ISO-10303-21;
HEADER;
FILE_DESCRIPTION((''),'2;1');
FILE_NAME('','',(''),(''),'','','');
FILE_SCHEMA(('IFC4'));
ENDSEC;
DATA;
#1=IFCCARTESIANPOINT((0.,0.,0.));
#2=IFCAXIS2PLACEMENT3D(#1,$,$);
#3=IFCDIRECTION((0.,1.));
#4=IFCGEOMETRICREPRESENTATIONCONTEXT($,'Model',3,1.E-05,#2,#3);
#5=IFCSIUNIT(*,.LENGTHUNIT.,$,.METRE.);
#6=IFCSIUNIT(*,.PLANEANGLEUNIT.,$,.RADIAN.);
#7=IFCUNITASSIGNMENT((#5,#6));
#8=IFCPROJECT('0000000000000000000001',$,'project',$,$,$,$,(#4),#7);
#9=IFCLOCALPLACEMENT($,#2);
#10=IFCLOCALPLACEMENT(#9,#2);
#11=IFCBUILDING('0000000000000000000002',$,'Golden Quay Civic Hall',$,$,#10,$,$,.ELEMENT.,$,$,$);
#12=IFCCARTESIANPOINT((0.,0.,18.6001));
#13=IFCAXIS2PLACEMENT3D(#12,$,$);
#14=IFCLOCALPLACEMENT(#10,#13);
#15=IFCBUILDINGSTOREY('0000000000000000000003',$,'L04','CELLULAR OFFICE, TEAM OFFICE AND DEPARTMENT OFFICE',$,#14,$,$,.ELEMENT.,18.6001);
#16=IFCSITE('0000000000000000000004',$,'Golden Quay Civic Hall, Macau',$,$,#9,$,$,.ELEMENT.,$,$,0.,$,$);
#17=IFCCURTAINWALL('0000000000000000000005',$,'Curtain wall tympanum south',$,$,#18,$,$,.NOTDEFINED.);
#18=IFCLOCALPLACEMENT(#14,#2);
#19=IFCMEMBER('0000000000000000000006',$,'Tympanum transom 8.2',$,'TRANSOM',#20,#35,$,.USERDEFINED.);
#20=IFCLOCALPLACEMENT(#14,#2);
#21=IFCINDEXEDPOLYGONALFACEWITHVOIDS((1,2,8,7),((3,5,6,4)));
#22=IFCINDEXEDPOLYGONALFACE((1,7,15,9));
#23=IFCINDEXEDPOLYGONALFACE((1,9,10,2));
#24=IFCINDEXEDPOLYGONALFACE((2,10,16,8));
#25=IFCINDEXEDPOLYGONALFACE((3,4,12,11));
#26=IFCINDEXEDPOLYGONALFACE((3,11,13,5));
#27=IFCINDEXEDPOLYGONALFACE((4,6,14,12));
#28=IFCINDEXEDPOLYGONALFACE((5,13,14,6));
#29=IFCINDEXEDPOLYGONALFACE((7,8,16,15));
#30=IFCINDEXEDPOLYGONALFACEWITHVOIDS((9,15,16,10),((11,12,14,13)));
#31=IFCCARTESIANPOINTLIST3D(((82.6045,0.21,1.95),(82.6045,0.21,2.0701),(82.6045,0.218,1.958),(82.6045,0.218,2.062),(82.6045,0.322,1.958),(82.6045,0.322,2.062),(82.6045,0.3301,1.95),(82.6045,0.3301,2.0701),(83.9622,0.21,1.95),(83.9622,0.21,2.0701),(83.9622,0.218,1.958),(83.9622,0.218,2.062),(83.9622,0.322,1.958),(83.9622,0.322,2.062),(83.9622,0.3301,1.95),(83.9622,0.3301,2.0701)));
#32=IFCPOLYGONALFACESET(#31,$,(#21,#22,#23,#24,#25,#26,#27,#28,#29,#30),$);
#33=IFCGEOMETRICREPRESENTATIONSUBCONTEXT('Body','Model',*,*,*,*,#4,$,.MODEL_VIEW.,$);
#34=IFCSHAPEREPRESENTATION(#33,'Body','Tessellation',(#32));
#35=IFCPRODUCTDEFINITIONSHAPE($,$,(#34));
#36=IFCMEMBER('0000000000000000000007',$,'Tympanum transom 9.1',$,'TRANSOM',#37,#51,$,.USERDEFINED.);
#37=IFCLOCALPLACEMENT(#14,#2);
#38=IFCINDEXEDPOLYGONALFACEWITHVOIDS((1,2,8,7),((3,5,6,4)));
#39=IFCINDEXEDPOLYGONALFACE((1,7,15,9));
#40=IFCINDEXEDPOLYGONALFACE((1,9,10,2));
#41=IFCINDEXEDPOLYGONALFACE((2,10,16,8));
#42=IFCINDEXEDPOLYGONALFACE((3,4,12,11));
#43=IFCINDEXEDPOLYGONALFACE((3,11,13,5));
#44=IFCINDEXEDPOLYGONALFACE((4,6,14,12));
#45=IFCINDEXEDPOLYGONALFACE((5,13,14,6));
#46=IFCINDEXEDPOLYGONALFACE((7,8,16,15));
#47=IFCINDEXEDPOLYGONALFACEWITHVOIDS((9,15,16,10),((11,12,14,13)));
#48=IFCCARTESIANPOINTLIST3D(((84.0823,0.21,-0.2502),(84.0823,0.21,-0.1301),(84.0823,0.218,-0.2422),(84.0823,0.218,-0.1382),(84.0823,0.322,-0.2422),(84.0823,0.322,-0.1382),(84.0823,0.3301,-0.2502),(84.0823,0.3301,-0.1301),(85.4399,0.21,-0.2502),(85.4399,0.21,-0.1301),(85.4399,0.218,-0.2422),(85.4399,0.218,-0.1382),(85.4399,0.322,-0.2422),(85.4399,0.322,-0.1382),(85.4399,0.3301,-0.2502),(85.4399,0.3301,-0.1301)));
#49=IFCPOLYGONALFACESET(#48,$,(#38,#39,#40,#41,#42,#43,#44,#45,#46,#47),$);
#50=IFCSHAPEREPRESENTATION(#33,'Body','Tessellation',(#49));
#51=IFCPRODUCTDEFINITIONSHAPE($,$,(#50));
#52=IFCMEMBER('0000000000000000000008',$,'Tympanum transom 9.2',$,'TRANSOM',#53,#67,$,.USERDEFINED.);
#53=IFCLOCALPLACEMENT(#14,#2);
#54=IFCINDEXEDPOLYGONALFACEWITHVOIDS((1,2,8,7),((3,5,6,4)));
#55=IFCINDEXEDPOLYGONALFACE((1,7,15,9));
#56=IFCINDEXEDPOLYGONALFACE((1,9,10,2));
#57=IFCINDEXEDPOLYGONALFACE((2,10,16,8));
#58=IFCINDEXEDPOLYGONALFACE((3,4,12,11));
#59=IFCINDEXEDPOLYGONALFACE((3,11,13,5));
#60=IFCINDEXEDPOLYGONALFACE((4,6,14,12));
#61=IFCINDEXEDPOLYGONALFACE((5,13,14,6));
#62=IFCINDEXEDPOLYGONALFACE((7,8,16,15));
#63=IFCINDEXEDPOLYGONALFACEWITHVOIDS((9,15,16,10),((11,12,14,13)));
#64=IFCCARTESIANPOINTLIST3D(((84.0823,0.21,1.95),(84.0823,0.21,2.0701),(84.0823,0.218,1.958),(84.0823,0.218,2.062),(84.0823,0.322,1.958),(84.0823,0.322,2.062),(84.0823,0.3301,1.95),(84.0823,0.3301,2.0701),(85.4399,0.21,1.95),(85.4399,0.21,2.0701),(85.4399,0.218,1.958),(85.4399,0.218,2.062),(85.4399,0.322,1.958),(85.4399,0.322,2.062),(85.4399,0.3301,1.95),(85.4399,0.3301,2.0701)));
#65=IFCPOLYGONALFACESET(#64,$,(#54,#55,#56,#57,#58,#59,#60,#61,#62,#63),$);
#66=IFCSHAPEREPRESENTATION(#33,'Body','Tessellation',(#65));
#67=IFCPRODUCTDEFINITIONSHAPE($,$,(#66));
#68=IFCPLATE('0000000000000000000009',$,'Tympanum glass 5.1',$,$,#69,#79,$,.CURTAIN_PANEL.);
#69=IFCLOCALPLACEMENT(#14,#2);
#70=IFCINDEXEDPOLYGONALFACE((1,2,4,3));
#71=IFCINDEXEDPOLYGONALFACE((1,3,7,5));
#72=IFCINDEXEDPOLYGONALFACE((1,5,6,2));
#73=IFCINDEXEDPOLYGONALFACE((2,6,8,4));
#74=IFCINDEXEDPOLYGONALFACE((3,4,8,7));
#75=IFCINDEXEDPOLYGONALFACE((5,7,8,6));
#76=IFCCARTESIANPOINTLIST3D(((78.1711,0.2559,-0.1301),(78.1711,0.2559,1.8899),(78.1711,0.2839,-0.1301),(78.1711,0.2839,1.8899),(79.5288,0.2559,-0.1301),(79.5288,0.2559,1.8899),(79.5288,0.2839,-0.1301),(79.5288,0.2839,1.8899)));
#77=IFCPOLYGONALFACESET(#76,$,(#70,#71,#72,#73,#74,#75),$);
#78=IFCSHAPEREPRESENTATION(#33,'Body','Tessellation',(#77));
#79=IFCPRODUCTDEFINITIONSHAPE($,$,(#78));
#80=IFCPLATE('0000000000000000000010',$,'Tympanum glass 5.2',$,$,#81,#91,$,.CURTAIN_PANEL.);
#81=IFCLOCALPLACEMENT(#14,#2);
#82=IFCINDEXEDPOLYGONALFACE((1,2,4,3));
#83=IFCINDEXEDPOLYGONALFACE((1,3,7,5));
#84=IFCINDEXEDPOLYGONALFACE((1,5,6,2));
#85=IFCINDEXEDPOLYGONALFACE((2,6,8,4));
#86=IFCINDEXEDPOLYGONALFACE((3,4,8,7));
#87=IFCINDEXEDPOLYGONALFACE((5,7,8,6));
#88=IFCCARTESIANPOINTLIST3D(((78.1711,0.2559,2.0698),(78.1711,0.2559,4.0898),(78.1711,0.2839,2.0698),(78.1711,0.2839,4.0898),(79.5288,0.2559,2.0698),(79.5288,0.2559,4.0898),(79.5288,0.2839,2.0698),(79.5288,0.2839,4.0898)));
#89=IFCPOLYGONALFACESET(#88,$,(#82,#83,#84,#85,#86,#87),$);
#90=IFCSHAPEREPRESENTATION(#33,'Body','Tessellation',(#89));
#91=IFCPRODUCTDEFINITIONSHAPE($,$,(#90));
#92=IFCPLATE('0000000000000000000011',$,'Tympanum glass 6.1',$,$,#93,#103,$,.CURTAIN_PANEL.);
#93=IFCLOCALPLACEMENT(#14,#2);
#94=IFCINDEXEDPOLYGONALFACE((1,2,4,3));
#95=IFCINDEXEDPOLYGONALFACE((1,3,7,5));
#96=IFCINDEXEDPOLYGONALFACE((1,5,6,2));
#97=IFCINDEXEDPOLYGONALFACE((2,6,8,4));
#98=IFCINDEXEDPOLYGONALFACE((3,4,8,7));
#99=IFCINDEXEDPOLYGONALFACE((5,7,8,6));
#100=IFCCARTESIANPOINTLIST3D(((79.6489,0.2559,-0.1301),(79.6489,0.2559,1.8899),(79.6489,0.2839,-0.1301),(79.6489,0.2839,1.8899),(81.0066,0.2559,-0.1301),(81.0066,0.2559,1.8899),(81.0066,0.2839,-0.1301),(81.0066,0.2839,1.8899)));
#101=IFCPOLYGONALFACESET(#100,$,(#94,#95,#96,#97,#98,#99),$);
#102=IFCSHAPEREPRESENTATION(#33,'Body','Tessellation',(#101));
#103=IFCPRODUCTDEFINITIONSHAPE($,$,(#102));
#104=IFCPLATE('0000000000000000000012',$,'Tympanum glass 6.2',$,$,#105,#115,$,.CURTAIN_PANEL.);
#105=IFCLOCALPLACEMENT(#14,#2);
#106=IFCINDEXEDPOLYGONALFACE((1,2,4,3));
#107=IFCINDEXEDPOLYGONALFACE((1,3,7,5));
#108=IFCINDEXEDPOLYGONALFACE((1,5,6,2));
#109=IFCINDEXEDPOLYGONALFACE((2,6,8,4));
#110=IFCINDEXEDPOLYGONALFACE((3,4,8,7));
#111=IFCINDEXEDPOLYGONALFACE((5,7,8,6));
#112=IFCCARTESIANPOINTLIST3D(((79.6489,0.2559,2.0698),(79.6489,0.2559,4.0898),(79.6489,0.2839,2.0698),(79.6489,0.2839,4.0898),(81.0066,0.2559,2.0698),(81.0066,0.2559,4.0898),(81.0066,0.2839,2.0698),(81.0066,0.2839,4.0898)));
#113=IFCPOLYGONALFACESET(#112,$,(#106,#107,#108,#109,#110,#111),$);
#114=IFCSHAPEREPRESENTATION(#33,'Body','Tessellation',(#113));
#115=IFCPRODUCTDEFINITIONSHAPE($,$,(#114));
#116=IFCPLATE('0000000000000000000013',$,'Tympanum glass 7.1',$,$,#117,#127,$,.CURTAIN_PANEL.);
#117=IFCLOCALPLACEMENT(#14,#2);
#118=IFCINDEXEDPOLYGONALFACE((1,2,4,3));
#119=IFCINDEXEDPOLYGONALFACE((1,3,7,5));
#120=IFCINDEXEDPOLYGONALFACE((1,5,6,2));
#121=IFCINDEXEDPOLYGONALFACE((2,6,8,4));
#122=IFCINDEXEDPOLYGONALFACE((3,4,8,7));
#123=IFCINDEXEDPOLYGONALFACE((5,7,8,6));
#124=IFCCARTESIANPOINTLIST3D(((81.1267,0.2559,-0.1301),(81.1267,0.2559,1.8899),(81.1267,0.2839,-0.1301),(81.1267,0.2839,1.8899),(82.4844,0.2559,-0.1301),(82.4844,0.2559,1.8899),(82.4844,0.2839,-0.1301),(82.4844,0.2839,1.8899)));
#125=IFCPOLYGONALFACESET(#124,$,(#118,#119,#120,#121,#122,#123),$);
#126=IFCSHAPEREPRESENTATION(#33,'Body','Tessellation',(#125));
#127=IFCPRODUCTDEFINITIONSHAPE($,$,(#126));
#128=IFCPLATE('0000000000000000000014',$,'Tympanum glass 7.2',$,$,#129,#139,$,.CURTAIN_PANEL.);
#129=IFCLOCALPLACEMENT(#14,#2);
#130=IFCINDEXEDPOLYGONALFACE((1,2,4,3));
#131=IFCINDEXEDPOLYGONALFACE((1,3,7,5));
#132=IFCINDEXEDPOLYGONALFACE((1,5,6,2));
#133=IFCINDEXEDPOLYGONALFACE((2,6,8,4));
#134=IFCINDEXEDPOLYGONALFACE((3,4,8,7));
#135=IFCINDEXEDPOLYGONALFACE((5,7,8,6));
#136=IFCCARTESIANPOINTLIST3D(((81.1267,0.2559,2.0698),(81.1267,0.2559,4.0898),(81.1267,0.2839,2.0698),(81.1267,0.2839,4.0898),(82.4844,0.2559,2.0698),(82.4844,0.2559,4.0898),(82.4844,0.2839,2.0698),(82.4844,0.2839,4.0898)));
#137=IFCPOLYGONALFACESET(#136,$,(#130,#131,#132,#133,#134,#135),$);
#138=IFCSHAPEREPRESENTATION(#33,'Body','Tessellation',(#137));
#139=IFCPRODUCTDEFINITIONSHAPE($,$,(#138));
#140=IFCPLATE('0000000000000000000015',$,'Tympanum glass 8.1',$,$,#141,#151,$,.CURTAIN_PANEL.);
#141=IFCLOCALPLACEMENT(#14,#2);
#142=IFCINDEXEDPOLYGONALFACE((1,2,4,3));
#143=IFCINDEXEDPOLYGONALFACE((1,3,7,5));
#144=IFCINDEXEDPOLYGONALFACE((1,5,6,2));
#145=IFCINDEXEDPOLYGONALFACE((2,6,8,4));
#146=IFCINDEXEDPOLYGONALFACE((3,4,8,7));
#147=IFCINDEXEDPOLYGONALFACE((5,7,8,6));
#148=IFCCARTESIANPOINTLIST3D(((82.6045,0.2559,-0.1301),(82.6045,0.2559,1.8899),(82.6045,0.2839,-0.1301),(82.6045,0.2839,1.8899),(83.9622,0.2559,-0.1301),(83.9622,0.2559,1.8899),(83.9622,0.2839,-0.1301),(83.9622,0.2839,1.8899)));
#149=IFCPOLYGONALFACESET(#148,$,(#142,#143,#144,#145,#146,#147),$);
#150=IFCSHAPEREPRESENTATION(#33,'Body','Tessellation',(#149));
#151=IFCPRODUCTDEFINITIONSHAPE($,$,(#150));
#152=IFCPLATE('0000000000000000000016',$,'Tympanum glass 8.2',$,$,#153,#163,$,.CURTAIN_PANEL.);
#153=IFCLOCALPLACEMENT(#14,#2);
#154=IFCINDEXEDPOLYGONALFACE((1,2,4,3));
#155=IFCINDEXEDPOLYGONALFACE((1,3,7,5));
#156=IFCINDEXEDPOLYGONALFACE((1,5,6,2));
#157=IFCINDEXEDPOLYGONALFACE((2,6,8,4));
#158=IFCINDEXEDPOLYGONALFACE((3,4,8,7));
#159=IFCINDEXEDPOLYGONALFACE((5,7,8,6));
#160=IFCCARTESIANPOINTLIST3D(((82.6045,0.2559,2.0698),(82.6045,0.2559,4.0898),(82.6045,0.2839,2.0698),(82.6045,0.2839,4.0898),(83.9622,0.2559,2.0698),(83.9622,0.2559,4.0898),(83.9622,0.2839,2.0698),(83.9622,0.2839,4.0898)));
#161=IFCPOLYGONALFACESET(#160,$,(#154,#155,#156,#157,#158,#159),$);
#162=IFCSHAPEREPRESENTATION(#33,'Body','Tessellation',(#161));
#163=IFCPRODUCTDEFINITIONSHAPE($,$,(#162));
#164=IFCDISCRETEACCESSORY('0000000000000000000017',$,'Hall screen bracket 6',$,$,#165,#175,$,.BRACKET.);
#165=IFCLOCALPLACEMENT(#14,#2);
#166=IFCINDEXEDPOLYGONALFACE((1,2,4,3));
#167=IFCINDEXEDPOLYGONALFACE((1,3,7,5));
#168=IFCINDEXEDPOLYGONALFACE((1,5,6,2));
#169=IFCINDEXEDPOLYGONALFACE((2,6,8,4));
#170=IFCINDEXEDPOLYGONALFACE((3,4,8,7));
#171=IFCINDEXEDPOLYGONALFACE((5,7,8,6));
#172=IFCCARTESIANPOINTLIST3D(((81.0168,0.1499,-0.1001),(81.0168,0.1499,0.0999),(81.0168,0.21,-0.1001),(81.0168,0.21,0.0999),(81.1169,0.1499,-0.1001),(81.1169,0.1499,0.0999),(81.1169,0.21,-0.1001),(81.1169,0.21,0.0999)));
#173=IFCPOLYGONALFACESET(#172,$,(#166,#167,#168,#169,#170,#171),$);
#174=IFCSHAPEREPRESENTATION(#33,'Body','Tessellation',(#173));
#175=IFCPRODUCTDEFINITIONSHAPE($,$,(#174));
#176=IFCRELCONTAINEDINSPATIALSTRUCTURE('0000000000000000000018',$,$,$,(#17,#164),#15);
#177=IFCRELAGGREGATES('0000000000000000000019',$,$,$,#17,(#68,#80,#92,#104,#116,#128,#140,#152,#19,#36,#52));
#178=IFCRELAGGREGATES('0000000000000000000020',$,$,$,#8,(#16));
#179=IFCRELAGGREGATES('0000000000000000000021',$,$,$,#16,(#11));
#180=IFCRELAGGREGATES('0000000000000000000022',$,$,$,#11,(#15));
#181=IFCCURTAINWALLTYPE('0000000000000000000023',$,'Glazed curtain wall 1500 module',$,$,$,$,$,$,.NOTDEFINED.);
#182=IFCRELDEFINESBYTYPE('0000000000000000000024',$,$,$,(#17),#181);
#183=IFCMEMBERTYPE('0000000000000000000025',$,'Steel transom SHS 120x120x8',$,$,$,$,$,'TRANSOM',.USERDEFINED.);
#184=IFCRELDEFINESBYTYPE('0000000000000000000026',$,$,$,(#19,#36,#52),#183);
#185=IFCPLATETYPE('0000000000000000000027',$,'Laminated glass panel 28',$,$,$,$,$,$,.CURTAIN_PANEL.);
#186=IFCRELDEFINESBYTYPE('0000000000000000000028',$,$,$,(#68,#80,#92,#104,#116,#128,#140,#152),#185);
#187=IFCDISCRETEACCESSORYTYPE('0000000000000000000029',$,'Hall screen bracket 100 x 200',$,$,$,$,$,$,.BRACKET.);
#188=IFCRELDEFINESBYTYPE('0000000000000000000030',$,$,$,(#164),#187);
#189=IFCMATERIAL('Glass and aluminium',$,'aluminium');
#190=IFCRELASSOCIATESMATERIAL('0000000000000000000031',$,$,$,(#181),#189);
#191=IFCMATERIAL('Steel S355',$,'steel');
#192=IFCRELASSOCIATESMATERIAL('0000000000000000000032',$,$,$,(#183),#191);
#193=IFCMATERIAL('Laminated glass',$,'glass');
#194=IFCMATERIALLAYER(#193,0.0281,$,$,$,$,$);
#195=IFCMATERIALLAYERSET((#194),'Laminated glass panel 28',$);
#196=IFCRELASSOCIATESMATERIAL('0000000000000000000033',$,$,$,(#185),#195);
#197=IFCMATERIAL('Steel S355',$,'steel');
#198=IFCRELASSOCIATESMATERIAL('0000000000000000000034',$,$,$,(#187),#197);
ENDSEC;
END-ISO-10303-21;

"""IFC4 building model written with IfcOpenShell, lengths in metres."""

from ifc_helpers import new_model, si_unit, direction, frame, origin, origin_2d, place, context, subcontext, project, spatial, polyline, rectangle, hollow_rectangle, outline, extrude, material, layer, layer_set, material_profile, profile_set, type_object, element, aggregate, save


model = new_model("IFC4")

# Units and contexts
model_context = context("Model", 3, precision=1e-05, world=origin(), true_north=direction((0.0, 1.0)))
body_context = subcontext(model_context, "Body", "Model", "MODEL_VIEW")
ifc_project = project(units=[si_unit("LENGTHUNIT", "METRE"), si_unit("PLANEANGLEUNIT", "RADIAN")], contexts=[model_context])

# Site, building, storey
site_placement = place(None, origin())
site = spatial("IfcSite", under=ifc_project, at=site_placement, Name="Golden Quay Civic Hall, Macau", CompositionType="ELEMENT", RefElevation=0.0)
building_placement = place(site_placement, origin())
building = spatial("IfcBuilding", under=site, at=building_placement, Name="Golden Quay Civic Hall", CompositionType="ELEMENT")
storey_placement = place(building_placement, frame((0.0, 0.0, 18.6001)))
storey = spatial("IfcBuildingStorey", under=building, at=storey_placement, Name="L04", Description="CELLULAR OFFICE, TEAM OFFICE AND DEPARTMENT OFFICE", CompositionType="ELEMENT", Elevation=18.6001)

# Curtain wall, members, plates
ifc_material_1 = material(Name="Glass and aluminium", Category="aluminium")
curtain_wall_type = type_object("IfcCurtainWallType", Name="Glazed curtain wall 1500 module", PredefinedType="NOTDEFINED", material=ifc_material_1)
curtain_wall_placement = place(storey_placement, origin())
curtain_wall = element("IfcCurtainWall", 1, at=curtain_wall_placement, inside=storey, type_object=curtain_wall_type, Name="Curtain wall tympanum south", PredefinedType="NOTDEFINED")
ifc_material_2 = material(Name="Steel S355", Category="steel")
ifc_material_profile_1 = material_profile(ifc_material_2, hollow_rectangle(XDim=0.1201, YDim=0.1201, WallThickness=0.0081, at=origin_2d()), Name="SHS 120x120x8")
ifc_profile_set_1 = profile_set([ifc_material_profile_1], Name="Steel S355")
member_type_1 = type_object("IfcMemberType", Name="Steel transom SHS 120x120x8", ElementType="TRANSOM", PredefinedType="USERDEFINED", material=ifc_profile_set_1)
member_1_placement = place(storey_placement, frame((82.6045, 0.27, 2.01), z_axis=(1.0, 0.0, 0.0), x_axis=(0.0, 1.0, 0.0)))
member_1 = element("IfcMember", 2, at=member_1_placement, type_object=member_type_1, Name="Tympanum transom 8.2", ObjectType="TRANSOM", PredefinedType="USERDEFINED", context=body_context, shape_type="SweptSolid", body=[
    extrude(hollow_rectangle(XDim=0.1201, YDim=0.1201, WallThickness=0.0081, at=origin_2d()), origin(), (0.0, 0.0, 1.0), 1.3577),
])
member_2_placement = place(storey_placement, frame((84.0823, 0.27, -0.1902), z_axis=(1.0, 0.0, 0.0), x_axis=(0.0, 1.0, 0.0)))
member_2 = element("IfcMember", 3, at=member_2_placement, type_object=member_type_1, Name="Tympanum transom 9.1", ObjectType="TRANSOM", PredefinedType="USERDEFINED", context=body_context, shape_type="SweptSolid", body=[
    extrude(hollow_rectangle(XDim=0.1201, YDim=0.1201, WallThickness=0.0081, at=origin_2d()), origin(), (0.0, 0.0, 1.0), 1.3577),
])
member_3_placement = place(storey_placement, frame((84.0823, 0.27, 2.01), z_axis=(1.0, 0.0, 0.0), x_axis=(0.0, 1.0, 0.0)))
member_3 = element("IfcMember", 4, at=member_3_placement, type_object=member_type_1, Name="Tympanum transom 9.2", ObjectType="TRANSOM", PredefinedType="USERDEFINED", context=body_context, shape_type="SweptSolid", body=[
    extrude(hollow_rectangle(XDim=0.1201, YDim=0.1201, WallThickness=0.0081, at=origin_2d()), origin(), (0.0, 0.0, 1.0), 1.3577),
])
ifc_material_3 = material(Name="Laminated glass", Category="glass")
ifc_layer = layer(ifc_material_3, 0.0281)
ifc_layer_set = layer_set([ifc_layer], Name="Laminated glass panel 28")
plate_type = type_object("IfcPlateType", Name="Laminated glass panel 28", PredefinedType="CURTAIN_PANEL", material=ifc_layer_set)
plate_1_placement = place(storey_placement, frame((79.5288, 0.2839, -0.1301), z_axis=(0.0, 1.0, 0.0), x_axis=(-1.0, 0.0, 0.0)))
plate_1 = element("IfcPlate", 5, at=plate_1_placement, type_object=plate_type, Name="Tympanum glass 5.1", PredefinedType="CURTAIN_PANEL", context=body_context, shape_type="SweptSolid", body=[
    extrude(outline(polyline([(0.0, 0.0), (1.3577, 0.0), (1.3577, 2.02), (0.0, 2.02), (0.0, 0.0)])), origin(), (0.0, 0.0, -1.0), 0.0281),
])
plate_2_placement = place(storey_placement, frame((79.5288, 0.2839, 2.0698), z_axis=(0.0, 1.0, 0.0), x_axis=(-1.0, 0.0, 0.0)))
plate_2 = element("IfcPlate", 6, at=plate_2_placement, type_object=plate_type, Name="Tympanum glass 5.2", PredefinedType="CURTAIN_PANEL", context=body_context, shape_type="SweptSolid", body=[
    extrude(outline(polyline([(0.0, 0.0), (1.3577, 0.0), (1.3577, 2.02), (0.0, 2.02), (0.0, 0.0)])), origin(), (0.0, 0.0, -1.0), 0.0281),
])
plate_3_placement = place(storey_placement, frame((81.0066, 0.2839, -0.1301), z_axis=(0.0, 1.0, 0.0), x_axis=(-1.0, 0.0, 0.0)))
plate_3 = element("IfcPlate", 7, at=plate_3_placement, type_object=plate_type, Name="Tympanum glass 6.1", PredefinedType="CURTAIN_PANEL", context=body_context, shape_type="SweptSolid", body=[
    extrude(outline(polyline([(0.0, 0.0), (1.3577, 0.0), (1.3577, 2.02), (0.0, 2.02), (0.0, 0.0)])), origin(), (0.0, 0.0, -1.0), 0.0281),
])
plate_4_placement = place(storey_placement, frame((81.0066, 0.2839, 2.0698), z_axis=(0.0, 1.0, 0.0), x_axis=(-1.0, 0.0, 0.0)))
plate_4 = element("IfcPlate", 8, at=plate_4_placement, type_object=plate_type, Name="Tympanum glass 6.2", PredefinedType="CURTAIN_PANEL", context=body_context, shape_type="SweptSolid", body=[
    extrude(outline(polyline([(0.0, 0.0), (1.3577, 0.0), (1.3577, 2.02), (0.0, 2.02), (0.0, 0.0)])), origin(), (0.0, 0.0, -1.0), 0.0281),
])
plate_5_placement = place(storey_placement, frame((82.4844, 0.2839, -0.1301), z_axis=(0.0, 1.0, 0.0), x_axis=(-1.0, 0.0, 0.0)))
plate_5 = element("IfcPlate", 9, at=plate_5_placement, type_object=plate_type, Name="Tympanum glass 7.1", PredefinedType="CURTAIN_PANEL", context=body_context, shape_type="SweptSolid", body=[
    extrude(outline(polyline([(0.0, 0.0), (1.3577, 0.0), (1.3577, 2.02), (0.0, 2.02), (0.0, 0.0)])), origin(), (0.0, 0.0, -1.0), 0.0281),
])
plate_6_placement = place(storey_placement, frame((82.4844, 0.2839, 2.0698), z_axis=(0.0, 1.0, 0.0), x_axis=(-1.0, 0.0, 0.0)))
plate_6 = element("IfcPlate", 10, at=plate_6_placement, type_object=plate_type, Name="Tympanum glass 7.2", PredefinedType="CURTAIN_PANEL", context=body_context, shape_type="SweptSolid", body=[
    extrude(outline(polyline([(0.0, 0.0), (1.3577, 0.0), (1.3577, 2.02), (0.0, 2.02), (0.0, 0.0)])), origin(), (0.0, 0.0, -1.0), 0.0281),
])
plate_7_placement = place(storey_placement, frame((83.9622, 0.2839, -0.1301), z_axis=(0.0, 1.0, 0.0), x_axis=(-1.0, 0.0, 0.0)))
plate_7 = element("IfcPlate", 11, at=plate_7_placement, type_object=plate_type, Name="Tympanum glass 8.1", PredefinedType="CURTAIN_PANEL", context=body_context, shape_type="SweptSolid", body=[
    extrude(outline(polyline([(0.0, 0.0), (1.3577, 0.0), (1.3577, 2.02), (0.0, 2.02), (0.0, 0.0)])), origin(), (0.0, 0.0, -1.0), 0.0281),
])
plate_8_placement = place(storey_placement, frame((83.9622, 0.2839, 2.0698), z_axis=(0.0, 1.0, 0.0), x_axis=(-1.0, 0.0, 0.0)))
plate_8 = element("IfcPlate", 12, at=plate_8_placement, type_object=plate_type, Name="Tympanum glass 8.2", PredefinedType="CURTAIN_PANEL", context=body_context, shape_type="SweptSolid", body=[
    extrude(outline(polyline([(0.0, 0.0), (1.3577, 0.0), (1.3577, 2.02), (0.0, 2.02), (0.0, 0.0)])), origin(), (0.0, 0.0, -1.0), 0.0281),
])
aggregate(curtain_wall, [plate_1, plate_2, plate_3, plate_4, plate_5, plate_6, plate_7, plate_8, member_1, member_2, member_3])

# Discrete accessory
ifc_material_4 = material(Name="Steel S355", Category="steel")
discrete_accessory_type = type_object("IfcDiscreteAccessoryType", Name="Hall screen bracket 100 x 200", PredefinedType="BRACKET", material=ifc_material_4)
discrete_accessory_placement = place(storey_placement, frame((81.0669, 0.1799, -0.1001), z_axis=(0.0, 0.0, 1.0), x_axis=(1.0, 0.0, 0.0)))
element("IfcDiscreteAccessory", 13, at=discrete_accessory_placement, inside=storey, type_object=discrete_accessory_type, Name="Hall screen bracket 6", PredefinedType="BRACKET", context=body_context, shape_type="SweptSolid", body=[
    extrude(rectangle(XDim=0.1001, YDim=0.0601, at=origin_2d()), origin(), (0.0, 0.0, 1.0), 0.2),
])

save(model, "model.ifc")
